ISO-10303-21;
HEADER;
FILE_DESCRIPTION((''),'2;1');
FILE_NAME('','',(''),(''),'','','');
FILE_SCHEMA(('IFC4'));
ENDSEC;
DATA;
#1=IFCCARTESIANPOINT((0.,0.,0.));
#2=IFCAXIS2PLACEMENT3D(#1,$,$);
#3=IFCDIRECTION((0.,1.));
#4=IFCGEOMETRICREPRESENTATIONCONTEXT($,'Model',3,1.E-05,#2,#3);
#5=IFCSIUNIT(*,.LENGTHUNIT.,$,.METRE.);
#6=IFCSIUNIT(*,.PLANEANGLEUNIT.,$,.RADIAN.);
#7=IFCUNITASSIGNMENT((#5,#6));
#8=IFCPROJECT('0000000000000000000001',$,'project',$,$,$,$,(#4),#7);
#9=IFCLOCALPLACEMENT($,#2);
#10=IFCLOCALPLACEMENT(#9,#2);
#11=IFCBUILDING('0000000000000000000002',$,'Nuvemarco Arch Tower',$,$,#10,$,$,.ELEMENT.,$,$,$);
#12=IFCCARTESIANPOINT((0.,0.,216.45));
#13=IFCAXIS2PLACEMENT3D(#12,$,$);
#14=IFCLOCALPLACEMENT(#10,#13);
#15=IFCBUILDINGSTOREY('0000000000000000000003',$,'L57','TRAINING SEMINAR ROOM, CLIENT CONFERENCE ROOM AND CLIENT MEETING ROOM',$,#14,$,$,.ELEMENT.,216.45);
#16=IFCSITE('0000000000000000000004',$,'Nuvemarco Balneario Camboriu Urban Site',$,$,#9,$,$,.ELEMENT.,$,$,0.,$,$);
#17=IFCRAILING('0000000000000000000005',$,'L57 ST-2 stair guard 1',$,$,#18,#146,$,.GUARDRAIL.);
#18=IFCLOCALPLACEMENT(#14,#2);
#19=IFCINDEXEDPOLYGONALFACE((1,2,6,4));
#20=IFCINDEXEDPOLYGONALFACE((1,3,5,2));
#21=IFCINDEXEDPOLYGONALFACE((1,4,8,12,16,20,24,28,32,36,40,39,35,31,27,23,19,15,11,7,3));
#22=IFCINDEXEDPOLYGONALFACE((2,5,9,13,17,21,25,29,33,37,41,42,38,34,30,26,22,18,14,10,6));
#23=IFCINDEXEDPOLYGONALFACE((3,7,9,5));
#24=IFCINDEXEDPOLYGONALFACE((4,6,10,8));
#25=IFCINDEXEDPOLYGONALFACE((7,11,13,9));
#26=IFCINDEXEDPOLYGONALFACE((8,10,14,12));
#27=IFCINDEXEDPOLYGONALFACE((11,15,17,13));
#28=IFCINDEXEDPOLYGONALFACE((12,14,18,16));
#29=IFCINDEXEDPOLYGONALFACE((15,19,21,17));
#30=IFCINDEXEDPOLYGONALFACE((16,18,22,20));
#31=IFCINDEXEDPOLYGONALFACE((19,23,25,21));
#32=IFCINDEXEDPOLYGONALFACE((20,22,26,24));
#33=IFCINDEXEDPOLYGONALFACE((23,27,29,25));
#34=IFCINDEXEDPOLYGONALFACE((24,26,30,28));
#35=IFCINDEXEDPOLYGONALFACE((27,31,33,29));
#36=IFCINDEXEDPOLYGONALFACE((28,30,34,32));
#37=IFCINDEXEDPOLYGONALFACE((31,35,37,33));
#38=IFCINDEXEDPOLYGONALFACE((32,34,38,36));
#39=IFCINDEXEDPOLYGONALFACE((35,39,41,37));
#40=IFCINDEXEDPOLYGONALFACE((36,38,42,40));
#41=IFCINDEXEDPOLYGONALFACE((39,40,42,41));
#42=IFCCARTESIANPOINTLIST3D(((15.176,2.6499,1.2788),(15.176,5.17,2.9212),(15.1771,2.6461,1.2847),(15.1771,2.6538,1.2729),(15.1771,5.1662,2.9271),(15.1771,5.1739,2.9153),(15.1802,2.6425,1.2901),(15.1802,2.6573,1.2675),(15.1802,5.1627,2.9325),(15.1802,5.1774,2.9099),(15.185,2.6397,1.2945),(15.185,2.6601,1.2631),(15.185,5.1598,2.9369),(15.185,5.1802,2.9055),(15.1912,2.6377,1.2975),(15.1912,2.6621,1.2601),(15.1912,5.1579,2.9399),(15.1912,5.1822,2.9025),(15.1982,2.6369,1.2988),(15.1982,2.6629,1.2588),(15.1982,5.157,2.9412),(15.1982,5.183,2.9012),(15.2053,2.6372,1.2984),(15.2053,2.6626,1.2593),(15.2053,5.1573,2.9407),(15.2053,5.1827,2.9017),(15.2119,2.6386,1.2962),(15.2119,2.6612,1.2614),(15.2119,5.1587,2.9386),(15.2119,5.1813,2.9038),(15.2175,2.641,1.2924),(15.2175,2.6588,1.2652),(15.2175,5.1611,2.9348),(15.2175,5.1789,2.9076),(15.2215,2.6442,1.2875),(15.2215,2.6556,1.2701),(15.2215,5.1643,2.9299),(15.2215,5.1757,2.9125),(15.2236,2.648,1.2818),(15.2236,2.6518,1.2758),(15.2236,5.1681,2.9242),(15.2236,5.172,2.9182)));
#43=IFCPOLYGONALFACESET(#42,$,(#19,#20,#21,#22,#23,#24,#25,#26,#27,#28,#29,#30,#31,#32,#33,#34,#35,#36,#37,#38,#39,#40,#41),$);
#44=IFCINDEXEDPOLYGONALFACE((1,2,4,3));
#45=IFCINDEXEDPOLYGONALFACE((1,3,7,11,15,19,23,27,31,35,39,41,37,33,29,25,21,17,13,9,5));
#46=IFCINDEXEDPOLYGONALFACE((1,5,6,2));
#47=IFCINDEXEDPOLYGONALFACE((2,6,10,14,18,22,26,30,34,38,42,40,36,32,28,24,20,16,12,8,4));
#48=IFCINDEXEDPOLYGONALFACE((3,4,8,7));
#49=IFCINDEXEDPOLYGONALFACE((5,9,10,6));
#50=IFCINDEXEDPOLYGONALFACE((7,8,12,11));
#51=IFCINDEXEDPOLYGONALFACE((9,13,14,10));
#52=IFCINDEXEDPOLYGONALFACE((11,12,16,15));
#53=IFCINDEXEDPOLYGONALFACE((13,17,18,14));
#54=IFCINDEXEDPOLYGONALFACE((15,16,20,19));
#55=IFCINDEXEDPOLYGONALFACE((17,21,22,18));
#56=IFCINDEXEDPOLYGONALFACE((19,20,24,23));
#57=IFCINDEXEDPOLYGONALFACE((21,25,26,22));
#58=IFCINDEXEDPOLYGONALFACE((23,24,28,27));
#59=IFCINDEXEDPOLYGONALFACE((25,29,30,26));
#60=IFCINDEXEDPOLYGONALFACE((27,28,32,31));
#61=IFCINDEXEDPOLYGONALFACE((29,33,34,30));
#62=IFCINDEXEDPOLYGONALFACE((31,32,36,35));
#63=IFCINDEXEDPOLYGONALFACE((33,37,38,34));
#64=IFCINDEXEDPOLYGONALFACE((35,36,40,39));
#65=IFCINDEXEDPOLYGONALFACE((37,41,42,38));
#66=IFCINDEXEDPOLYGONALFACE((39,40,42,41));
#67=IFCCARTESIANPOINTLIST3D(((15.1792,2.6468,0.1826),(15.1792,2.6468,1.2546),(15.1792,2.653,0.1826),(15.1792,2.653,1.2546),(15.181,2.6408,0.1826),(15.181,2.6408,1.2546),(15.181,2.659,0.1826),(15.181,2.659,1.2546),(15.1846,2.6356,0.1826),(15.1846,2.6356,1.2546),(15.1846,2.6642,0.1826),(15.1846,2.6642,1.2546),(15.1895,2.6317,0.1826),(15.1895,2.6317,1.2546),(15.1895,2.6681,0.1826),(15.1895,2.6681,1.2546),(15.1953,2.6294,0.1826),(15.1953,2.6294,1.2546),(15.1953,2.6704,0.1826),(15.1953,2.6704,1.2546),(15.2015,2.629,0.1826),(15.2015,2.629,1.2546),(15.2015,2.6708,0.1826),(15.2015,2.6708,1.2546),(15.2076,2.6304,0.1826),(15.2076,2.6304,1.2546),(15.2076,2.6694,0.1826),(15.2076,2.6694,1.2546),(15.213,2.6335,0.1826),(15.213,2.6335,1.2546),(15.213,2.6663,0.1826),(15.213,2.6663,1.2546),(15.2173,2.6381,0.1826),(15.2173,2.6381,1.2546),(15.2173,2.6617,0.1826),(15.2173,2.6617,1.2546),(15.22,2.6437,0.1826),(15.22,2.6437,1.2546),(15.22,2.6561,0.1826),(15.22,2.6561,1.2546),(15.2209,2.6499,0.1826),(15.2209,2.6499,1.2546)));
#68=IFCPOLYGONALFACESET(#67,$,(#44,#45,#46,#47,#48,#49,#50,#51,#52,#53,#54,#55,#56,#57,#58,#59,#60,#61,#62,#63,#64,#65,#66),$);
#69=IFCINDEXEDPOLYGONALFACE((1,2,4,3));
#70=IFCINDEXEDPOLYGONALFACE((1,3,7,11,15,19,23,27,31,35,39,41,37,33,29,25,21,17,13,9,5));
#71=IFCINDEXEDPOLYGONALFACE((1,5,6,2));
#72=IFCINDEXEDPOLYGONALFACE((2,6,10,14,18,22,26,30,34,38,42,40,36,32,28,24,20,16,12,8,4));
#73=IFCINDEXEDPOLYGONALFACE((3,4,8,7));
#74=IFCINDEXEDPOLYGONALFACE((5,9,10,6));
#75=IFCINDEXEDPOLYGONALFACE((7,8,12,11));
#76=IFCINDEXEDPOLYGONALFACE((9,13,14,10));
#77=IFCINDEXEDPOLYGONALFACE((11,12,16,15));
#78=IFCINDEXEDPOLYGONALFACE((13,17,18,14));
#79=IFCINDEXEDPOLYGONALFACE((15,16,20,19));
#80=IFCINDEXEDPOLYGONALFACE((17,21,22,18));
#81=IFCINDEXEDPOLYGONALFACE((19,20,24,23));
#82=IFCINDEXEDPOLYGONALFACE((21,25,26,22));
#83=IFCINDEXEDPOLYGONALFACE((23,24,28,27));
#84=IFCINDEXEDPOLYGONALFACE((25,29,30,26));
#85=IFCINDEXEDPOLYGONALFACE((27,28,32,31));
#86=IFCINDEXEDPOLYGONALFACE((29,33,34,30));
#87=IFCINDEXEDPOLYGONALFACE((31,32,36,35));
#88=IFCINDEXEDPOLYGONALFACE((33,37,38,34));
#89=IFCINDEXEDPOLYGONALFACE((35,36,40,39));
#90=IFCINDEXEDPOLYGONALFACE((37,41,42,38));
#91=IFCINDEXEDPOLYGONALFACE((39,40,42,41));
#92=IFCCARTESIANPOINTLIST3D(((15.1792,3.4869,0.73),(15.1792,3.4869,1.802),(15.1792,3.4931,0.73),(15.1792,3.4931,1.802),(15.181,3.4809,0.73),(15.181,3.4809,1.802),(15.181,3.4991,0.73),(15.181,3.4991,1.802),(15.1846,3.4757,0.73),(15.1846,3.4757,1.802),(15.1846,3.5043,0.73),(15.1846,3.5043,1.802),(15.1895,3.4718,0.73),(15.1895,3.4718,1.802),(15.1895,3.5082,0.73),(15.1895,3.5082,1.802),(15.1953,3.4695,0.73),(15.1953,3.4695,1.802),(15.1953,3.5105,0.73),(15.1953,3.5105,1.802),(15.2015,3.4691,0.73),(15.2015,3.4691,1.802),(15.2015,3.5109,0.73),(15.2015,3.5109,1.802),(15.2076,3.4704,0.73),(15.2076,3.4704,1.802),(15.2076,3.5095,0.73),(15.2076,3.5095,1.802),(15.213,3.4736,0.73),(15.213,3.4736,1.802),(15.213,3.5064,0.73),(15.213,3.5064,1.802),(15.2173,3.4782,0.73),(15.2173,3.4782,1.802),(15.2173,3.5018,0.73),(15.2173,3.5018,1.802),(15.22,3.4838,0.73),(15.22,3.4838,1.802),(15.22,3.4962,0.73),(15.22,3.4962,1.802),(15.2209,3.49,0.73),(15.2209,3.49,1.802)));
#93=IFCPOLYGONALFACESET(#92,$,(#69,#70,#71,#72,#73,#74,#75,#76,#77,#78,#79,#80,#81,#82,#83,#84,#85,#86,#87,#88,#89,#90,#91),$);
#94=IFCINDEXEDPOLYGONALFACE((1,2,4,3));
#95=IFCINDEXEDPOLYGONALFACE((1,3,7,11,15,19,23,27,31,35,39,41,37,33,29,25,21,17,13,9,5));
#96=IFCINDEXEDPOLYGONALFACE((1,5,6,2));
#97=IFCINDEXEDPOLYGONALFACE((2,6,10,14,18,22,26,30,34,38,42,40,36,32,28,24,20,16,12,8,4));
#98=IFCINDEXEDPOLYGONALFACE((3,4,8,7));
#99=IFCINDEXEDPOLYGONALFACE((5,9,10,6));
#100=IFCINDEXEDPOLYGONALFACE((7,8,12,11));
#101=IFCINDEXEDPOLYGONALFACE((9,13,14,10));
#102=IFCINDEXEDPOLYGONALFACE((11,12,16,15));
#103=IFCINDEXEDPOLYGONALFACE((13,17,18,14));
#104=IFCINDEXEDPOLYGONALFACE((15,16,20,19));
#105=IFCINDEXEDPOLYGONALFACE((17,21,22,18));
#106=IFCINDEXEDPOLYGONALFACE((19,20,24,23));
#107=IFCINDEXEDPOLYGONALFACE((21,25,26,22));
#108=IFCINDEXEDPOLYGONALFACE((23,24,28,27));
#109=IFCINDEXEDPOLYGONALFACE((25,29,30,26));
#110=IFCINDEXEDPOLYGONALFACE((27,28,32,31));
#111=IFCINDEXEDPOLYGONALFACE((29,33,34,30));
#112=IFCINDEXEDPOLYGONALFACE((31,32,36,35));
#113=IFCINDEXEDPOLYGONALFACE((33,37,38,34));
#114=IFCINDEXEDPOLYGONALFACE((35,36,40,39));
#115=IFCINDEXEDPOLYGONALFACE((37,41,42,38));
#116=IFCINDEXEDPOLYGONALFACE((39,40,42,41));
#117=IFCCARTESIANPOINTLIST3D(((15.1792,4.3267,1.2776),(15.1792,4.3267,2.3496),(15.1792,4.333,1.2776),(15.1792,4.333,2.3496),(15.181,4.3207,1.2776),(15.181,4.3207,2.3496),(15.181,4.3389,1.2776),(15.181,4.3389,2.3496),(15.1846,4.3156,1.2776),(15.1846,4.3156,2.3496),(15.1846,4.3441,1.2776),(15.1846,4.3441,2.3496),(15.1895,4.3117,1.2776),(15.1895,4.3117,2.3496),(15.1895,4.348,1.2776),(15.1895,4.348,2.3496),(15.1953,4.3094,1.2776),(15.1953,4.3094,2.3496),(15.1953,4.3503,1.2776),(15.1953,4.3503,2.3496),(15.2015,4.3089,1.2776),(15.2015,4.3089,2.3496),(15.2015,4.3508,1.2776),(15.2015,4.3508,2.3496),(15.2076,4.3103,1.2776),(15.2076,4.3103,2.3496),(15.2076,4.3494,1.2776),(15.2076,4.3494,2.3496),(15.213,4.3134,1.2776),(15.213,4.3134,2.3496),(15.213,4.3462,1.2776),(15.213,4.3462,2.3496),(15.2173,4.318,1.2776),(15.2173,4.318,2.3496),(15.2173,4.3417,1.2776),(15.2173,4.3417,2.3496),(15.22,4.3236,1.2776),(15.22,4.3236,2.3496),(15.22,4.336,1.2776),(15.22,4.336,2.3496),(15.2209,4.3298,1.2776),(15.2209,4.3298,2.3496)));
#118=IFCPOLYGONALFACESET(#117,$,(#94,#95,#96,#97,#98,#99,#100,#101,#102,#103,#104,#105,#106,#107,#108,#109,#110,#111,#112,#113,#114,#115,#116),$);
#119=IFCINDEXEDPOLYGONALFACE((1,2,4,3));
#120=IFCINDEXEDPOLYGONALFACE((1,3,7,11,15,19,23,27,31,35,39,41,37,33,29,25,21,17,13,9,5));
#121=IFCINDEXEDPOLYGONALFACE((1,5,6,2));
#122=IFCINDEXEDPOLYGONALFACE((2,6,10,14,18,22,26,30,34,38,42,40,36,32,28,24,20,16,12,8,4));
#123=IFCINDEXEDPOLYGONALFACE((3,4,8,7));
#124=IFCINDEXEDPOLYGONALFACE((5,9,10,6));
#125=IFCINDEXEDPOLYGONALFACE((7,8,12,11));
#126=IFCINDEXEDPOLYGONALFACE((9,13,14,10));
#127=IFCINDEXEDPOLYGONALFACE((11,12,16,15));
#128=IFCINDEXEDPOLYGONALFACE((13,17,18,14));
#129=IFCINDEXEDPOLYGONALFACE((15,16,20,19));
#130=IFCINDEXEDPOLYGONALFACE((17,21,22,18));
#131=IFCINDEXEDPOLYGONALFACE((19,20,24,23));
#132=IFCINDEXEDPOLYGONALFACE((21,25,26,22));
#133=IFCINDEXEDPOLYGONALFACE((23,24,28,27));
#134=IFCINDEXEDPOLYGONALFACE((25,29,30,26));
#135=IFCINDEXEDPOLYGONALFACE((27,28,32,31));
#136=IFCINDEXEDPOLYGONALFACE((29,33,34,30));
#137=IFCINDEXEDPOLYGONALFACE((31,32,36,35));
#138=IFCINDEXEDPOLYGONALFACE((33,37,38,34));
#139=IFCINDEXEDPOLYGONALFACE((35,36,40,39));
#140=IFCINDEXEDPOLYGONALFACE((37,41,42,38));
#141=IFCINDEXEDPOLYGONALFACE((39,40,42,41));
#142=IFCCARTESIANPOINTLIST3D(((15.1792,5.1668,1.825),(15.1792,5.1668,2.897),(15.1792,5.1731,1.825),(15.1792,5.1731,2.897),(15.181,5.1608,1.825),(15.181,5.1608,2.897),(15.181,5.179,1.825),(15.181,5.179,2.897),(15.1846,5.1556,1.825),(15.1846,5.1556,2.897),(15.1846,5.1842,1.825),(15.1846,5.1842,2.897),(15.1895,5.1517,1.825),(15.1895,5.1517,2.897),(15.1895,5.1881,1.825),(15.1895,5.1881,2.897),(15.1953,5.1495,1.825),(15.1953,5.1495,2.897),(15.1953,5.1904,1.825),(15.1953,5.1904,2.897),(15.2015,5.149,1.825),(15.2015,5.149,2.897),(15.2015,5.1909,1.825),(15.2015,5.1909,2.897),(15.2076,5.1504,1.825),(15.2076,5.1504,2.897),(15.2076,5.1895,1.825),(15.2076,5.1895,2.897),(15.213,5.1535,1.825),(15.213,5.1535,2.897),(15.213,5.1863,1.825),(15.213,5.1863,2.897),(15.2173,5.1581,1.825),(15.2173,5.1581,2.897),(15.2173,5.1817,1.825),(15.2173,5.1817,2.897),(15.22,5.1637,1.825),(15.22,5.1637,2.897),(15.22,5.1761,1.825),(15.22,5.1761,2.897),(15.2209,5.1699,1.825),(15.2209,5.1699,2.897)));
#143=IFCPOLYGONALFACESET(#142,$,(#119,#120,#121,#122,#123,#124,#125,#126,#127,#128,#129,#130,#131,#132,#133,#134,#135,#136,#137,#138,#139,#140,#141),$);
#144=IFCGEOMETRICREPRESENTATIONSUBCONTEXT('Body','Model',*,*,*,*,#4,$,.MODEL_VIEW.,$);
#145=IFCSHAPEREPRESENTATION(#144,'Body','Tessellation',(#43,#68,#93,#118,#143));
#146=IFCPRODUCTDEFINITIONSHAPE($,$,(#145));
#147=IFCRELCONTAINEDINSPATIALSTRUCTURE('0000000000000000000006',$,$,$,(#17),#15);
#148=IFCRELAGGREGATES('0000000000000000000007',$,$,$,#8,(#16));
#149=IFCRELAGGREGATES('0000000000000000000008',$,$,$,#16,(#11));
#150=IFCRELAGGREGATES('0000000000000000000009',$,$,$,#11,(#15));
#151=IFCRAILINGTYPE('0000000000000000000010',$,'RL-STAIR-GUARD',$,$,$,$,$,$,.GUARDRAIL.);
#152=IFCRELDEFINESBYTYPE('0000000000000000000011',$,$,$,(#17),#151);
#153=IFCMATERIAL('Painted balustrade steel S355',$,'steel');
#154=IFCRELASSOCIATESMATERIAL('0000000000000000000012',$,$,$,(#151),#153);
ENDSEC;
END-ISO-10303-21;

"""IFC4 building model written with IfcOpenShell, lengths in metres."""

from ifc_helpers import new_model, si_unit, direction, frame, origin, origin_2d, place, context, subcontext, project, spatial, circle, extrude, material, type_object, element, save


model = new_model("IFC4")

# Units and contexts
model_context = context("Model", 3, precision=1e-05, world=origin(), true_north=direction((0.0, 1.0)))
body_context = subcontext(model_context, "Body", "Model", "MODEL_VIEW")
ifc_project = project(units=[si_unit("LENGTHUNIT", "METRE"), si_unit("PLANEANGLEUNIT", "RADIAN")], contexts=[model_context])

# Site, building, storey
site_placement = place(None, origin())
site = spatial("IfcSite", under=ifc_project, at=site_placement, Name="Nuvemarco Balneario Camboriu Urban Site", CompositionType="ELEMENT", RefElevation=0.0)
building_placement = place(site_placement, origin())
building = spatial("IfcBuilding", under=site, at=building_placement, Name="Nuvemarco Arch Tower", CompositionType="ELEMENT")
storey_placement = place(building_placement, frame((0.0, 0.0, 216.45)))
storey = spatial("IfcBuildingStorey", under=building, at=storey_placement, Name="L57", Description="TRAINING SEMINAR ROOM, CLIENT CONFERENCE ROOM AND CLIENT MEETING ROOM", CompositionType="ELEMENT", Elevation=216.45)

# Railing
ifc_material_1 = material(Name="Painted balustrade steel S355", Category="steel")
railing_type_1 = type_object("IfcRailingType", Name="RL-STAIR-GUARD", PredefinedType="GUARDRAIL", material=ifc_material_1)
railing_1_placement = place(storey_placement, frame((15.2, 2.6499, 0.1826)))
element("IfcRailing", 1, at=railing_1_placement, inside=storey, type_object=railing_type_1, Name="L57 ST-2 stair guard 1", PredefinedType="GUARDRAIL", context=body_context, shape_type="SweptSolid", body=[
    extrude(circle(Radius=0.0239, at=origin_2d()), frame((0.0, 0.0, 1.0962), z_axis=(0.0, 0.837787, 0.545998), x_axis=(-1.0, 0.0, 0.0)), (0.0, 0.0, 1.0), 3.0081),
    extrude(circle(Radius=0.021, at=origin_2d()), origin(), (0.0, 0.0, 1.0), 1.072),
    extrude(circle(Radius=0.021, at=origin_2d()), frame((0.0, 0.8401, 0.5474)), (0.0, 0.0, 1.0), 1.072),
    extrude(circle(Radius=0.021, at=origin_2d()), frame((0.0, 1.6799, 1.095)), (0.0, 0.0, 1.0), 1.072),
    extrude(circle(Radius=0.021, at=origin_2d()), frame((0.0, 2.52, 1.6423)), (0.0, 0.0, 1.0), 1.072),
])

save(model, "model.ifc")
